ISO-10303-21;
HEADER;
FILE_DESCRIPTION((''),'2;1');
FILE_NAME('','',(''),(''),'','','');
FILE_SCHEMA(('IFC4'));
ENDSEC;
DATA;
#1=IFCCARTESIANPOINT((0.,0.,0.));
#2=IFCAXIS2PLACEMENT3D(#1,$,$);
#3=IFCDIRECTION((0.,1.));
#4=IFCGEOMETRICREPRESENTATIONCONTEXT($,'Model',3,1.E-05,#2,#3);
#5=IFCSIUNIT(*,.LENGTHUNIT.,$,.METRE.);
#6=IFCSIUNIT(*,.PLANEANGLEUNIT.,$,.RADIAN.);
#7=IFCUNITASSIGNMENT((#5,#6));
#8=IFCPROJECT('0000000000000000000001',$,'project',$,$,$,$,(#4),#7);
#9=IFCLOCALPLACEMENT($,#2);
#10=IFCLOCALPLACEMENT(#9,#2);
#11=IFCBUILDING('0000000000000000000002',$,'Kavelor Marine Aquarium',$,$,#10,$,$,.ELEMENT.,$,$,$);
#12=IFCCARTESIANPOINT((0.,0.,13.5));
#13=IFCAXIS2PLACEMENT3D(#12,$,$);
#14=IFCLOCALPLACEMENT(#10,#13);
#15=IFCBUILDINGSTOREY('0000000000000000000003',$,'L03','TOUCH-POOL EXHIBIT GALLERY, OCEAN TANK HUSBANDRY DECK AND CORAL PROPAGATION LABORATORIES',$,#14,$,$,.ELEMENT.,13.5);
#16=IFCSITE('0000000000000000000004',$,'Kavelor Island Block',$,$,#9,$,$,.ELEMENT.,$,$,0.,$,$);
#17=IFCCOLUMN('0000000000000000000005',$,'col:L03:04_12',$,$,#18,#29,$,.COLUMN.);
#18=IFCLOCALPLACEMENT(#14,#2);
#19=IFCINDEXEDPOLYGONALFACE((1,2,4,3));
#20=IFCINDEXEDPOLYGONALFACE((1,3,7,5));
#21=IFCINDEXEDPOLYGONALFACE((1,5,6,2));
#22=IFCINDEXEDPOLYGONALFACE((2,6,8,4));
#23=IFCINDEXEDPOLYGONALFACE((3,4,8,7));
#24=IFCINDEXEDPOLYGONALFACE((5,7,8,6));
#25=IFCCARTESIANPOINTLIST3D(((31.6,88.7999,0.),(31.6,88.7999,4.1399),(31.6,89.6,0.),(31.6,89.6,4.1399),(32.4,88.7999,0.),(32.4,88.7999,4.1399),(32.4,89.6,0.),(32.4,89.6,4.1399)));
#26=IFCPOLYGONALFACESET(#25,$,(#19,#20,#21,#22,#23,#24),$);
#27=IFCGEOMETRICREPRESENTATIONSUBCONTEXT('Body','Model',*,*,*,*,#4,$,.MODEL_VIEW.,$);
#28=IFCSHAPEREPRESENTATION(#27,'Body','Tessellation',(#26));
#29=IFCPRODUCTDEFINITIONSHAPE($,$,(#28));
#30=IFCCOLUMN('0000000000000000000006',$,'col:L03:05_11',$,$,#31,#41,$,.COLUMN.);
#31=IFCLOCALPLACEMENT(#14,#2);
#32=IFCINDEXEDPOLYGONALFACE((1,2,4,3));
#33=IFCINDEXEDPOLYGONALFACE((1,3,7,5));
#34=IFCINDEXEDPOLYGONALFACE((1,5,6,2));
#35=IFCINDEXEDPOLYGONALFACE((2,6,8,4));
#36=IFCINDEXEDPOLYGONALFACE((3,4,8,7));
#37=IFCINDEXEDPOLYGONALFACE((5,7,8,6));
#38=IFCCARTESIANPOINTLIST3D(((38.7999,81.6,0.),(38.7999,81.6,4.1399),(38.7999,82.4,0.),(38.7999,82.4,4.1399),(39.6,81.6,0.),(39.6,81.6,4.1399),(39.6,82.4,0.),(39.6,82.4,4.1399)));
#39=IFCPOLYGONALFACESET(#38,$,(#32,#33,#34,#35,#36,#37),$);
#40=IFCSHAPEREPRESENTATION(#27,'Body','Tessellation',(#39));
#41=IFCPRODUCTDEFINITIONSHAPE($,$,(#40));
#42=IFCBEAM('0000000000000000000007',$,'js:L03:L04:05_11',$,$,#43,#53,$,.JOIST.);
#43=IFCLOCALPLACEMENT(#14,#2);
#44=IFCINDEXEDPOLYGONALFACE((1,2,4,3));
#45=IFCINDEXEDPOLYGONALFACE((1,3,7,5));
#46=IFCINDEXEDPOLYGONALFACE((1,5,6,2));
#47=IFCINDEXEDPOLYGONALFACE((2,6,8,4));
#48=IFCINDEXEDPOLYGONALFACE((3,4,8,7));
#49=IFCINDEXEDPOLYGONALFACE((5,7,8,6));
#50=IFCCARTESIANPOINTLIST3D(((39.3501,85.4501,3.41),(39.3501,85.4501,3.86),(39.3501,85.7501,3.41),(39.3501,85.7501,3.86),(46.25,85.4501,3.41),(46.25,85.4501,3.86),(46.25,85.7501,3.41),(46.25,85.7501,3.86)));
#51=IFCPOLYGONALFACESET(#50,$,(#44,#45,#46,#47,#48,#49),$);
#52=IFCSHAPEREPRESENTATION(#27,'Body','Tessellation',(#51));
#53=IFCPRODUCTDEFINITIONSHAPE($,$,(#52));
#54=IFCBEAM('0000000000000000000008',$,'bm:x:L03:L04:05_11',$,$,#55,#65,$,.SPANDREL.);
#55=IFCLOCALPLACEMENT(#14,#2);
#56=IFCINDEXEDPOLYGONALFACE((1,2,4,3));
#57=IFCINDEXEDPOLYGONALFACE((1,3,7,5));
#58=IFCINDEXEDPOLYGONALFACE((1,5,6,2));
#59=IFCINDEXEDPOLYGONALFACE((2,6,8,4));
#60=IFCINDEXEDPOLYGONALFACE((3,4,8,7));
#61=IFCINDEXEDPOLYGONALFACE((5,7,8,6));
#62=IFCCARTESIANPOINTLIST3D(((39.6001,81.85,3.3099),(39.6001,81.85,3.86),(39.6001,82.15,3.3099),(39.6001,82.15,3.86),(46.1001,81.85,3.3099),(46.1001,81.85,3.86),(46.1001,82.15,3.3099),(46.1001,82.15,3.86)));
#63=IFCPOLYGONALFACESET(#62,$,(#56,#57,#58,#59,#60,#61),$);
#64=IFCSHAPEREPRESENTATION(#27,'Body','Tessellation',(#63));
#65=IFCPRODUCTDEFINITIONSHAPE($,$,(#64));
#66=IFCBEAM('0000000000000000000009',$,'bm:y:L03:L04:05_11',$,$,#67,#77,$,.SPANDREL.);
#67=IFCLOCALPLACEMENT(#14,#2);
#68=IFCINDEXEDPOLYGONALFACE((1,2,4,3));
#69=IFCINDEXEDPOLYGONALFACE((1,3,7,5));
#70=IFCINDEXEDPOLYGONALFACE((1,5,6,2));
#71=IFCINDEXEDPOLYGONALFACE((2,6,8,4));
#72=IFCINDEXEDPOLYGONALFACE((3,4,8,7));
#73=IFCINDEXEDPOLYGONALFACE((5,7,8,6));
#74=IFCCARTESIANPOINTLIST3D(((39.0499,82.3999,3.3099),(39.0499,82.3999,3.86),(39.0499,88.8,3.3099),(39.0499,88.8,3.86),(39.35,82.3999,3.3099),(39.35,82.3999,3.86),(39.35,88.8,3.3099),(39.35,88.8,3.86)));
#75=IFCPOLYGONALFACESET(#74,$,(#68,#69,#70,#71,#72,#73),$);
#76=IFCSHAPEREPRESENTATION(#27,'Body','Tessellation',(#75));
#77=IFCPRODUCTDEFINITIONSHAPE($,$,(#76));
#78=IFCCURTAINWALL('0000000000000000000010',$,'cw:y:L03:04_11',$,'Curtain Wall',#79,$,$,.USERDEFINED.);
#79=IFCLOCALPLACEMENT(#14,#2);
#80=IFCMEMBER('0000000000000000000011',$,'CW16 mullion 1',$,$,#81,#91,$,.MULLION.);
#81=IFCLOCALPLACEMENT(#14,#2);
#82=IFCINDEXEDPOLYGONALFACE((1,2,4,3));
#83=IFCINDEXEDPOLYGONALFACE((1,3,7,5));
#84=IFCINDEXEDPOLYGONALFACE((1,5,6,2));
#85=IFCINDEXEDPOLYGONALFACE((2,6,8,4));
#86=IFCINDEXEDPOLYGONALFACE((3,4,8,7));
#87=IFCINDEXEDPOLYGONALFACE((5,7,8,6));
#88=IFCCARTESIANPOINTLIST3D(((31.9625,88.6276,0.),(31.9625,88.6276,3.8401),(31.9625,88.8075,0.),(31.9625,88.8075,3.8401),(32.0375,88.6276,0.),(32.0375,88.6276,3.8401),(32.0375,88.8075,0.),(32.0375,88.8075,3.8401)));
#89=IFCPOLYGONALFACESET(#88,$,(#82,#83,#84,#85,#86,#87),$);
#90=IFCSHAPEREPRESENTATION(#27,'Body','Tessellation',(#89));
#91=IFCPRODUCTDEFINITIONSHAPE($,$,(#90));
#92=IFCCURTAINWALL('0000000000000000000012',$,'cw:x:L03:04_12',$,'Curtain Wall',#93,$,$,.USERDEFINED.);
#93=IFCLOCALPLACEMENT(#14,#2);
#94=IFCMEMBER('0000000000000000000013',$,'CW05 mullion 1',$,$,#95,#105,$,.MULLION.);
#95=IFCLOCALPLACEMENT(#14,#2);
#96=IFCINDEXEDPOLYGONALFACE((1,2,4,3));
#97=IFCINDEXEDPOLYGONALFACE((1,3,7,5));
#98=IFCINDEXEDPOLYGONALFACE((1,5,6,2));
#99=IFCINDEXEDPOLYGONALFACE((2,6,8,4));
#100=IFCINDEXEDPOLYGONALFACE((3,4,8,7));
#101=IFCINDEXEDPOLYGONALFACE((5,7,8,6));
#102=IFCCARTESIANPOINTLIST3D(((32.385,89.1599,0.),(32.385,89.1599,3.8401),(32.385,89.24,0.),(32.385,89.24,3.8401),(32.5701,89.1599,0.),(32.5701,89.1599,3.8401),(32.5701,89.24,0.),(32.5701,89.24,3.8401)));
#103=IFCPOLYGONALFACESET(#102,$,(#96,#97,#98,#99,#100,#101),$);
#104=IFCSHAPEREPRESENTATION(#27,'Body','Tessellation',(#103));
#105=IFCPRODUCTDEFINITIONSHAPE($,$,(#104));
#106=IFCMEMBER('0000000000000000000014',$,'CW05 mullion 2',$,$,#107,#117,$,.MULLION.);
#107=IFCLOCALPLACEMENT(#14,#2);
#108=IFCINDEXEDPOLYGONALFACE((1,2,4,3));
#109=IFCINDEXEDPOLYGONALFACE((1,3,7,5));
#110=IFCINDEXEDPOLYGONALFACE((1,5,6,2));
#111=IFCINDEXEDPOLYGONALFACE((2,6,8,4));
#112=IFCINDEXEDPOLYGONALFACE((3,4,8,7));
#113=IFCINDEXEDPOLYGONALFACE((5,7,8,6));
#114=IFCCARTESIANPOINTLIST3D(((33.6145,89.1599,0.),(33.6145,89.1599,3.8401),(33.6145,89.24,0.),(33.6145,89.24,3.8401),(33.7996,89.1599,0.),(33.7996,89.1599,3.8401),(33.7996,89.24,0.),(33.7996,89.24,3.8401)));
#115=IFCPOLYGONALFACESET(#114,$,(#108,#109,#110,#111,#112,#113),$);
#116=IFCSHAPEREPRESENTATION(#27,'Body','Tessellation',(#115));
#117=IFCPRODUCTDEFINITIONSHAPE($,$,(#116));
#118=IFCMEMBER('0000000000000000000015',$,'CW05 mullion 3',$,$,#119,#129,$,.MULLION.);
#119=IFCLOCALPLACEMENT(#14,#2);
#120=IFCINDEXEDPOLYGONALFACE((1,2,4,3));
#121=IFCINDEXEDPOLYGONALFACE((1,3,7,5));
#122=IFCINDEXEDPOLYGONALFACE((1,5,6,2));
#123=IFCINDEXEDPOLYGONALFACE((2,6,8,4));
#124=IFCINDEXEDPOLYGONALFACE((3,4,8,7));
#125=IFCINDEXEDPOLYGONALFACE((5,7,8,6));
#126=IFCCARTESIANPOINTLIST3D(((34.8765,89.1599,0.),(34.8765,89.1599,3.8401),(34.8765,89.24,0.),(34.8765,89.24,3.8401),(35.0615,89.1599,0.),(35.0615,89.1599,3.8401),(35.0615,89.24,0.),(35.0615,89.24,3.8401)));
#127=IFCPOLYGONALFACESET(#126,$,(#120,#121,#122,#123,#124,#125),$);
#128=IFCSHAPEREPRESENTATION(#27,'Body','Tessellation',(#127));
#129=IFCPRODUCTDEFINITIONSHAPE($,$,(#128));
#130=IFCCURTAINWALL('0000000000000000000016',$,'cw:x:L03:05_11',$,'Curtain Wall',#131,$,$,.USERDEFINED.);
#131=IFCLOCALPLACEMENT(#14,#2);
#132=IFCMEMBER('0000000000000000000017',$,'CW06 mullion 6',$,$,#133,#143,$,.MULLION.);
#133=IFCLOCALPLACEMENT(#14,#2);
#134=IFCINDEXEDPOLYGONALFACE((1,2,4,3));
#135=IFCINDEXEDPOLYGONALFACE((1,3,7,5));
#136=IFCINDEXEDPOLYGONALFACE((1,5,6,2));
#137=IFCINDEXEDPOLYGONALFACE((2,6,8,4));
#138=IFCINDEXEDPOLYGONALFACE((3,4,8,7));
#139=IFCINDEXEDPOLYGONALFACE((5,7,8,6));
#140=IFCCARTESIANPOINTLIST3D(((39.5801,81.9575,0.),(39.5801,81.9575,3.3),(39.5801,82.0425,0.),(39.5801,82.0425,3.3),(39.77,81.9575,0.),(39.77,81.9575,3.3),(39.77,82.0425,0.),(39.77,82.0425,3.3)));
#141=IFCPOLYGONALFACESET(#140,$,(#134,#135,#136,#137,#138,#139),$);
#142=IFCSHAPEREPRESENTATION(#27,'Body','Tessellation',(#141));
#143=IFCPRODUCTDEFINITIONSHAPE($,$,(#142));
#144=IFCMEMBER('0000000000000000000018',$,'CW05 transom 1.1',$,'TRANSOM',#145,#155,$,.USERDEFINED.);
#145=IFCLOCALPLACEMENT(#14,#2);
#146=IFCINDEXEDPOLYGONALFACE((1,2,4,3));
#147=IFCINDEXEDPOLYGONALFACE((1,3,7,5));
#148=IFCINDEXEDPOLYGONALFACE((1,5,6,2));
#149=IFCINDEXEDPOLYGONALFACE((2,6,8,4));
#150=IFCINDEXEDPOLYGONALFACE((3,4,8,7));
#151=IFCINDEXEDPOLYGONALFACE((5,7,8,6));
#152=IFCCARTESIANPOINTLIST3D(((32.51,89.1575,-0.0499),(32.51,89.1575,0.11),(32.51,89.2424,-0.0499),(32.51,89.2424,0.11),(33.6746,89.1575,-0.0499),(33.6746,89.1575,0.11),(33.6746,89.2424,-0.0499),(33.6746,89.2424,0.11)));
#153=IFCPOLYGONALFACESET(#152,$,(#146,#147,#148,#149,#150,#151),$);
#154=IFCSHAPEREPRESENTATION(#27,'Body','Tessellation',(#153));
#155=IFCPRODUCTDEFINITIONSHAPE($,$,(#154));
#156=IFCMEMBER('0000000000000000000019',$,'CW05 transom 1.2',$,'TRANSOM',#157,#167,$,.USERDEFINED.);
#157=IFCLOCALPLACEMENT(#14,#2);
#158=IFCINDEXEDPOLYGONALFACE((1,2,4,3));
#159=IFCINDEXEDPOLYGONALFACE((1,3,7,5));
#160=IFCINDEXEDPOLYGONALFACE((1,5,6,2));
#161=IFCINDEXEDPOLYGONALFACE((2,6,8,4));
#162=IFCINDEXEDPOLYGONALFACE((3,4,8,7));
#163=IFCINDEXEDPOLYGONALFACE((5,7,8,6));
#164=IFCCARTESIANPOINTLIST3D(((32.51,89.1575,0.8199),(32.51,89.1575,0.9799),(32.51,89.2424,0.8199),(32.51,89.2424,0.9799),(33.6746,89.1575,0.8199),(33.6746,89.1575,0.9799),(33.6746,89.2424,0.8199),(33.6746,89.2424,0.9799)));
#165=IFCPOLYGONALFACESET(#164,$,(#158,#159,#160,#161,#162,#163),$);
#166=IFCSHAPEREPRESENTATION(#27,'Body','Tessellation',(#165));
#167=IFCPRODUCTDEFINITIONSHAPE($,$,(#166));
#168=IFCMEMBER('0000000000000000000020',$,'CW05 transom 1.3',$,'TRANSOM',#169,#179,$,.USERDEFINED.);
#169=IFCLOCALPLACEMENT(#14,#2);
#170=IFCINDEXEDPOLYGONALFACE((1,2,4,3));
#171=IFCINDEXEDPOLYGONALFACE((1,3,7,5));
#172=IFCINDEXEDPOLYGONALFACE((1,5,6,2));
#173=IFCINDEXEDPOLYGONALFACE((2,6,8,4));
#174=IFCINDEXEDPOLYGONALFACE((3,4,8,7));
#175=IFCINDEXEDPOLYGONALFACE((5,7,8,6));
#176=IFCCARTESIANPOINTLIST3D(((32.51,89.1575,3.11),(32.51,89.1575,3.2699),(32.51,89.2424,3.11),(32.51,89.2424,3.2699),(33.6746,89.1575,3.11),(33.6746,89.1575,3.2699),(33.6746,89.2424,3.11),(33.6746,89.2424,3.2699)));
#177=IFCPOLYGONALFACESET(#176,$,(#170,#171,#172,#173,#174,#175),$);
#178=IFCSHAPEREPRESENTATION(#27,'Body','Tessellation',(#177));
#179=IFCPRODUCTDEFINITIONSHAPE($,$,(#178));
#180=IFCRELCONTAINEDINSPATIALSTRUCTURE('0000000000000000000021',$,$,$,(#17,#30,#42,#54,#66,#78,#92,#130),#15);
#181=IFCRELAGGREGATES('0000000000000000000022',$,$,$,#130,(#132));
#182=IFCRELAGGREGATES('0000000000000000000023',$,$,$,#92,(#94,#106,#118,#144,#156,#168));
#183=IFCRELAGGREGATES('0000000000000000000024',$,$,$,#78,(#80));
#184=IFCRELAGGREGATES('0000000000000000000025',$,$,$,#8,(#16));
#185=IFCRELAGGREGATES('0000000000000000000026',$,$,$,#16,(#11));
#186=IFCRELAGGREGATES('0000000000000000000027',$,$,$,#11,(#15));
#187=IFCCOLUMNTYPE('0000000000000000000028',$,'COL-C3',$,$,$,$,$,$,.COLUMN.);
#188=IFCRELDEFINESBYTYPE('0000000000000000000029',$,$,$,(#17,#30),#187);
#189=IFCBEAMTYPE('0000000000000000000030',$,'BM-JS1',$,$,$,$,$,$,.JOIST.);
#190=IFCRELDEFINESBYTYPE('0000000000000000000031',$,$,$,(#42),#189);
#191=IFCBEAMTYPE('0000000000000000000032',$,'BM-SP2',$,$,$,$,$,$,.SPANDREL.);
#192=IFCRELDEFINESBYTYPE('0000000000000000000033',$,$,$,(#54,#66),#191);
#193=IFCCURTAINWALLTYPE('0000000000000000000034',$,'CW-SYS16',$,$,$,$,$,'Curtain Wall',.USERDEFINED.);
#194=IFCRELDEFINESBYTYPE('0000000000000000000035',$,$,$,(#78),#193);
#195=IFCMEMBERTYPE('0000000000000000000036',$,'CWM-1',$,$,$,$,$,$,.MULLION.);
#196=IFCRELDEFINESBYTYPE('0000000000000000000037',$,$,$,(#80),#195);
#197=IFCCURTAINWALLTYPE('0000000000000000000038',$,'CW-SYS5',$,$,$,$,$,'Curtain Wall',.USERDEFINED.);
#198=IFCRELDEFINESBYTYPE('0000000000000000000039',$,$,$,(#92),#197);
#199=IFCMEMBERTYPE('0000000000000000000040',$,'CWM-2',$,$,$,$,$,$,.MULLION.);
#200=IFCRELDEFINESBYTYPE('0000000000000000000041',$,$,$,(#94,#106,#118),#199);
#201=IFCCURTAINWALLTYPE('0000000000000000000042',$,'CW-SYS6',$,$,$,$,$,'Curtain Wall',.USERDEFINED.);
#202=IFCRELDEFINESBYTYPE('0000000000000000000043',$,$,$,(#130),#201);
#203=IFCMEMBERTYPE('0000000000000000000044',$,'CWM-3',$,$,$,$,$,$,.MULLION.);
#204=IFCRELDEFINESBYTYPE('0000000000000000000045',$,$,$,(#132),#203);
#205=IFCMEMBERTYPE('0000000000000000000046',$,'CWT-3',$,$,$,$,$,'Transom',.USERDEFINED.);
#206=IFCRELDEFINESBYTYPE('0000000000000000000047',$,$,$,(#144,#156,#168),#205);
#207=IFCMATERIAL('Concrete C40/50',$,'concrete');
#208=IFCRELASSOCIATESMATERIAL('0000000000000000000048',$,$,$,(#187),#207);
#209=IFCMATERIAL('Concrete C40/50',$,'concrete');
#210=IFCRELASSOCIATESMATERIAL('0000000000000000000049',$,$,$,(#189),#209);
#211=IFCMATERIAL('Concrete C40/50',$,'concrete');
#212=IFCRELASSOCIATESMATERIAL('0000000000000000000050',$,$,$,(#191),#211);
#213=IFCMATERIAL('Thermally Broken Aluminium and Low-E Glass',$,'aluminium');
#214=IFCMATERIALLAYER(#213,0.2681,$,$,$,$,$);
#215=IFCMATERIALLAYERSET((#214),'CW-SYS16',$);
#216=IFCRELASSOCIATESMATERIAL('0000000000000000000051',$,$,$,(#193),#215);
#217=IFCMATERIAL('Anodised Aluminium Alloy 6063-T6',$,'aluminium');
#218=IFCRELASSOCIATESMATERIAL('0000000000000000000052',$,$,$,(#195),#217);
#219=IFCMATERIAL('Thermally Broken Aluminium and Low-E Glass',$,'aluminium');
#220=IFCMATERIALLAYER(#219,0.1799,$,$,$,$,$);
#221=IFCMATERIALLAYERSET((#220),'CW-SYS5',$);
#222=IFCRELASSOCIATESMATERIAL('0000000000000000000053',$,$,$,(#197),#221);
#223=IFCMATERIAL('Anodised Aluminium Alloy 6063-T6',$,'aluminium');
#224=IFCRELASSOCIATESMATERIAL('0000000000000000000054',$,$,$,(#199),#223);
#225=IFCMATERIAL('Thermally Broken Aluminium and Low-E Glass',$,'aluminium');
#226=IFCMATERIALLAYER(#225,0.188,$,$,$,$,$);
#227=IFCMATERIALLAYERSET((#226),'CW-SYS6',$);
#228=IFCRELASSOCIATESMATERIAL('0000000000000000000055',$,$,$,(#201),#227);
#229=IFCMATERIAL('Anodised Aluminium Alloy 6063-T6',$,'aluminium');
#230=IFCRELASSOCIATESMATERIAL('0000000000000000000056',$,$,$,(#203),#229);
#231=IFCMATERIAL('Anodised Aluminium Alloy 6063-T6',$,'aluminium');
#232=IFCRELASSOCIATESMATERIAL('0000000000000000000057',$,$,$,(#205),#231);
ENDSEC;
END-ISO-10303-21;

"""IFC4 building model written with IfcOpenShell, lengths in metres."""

from ifc_helpers import new_model, si_unit, direction, frame, origin, origin_2d, place, context, subcontext, project, spatial, rectangle, extrude, material, layer, layer_set, material_profile, profile_set, type_object, element, aggregate, save


model = new_model("IFC4")

# Units and contexts
model_context = context("Model", 3, precision=1e-05, world=origin(), true_north=direction((0.0, 1.0)))
body_context = subcontext(model_context, "Body", "Model", "MODEL_VIEW")
ifc_project = project(units=[si_unit("LENGTHUNIT", "METRE"), si_unit("PLANEANGLEUNIT", "RADIAN")], contexts=[model_context])

# Site, building, storey
site_placement = place(None, origin())
site = spatial("IfcSite", under=ifc_project, at=site_placement, Name="Kavelor Island Block", CompositionType="ELEMENT", RefElevation=0.0)
building_placement = place(site_placement, origin())
building = spatial("IfcBuilding", under=site, at=building_placement, Name="Kavelor Marine Aquarium", CompositionType="ELEMENT")
storey_placement = place(building_placement, frame((0.0, 0.0, 13.5)))
storey = spatial("IfcBuildingStorey", under=building, at=storey_placement, Name="L03", Description="TOUCH-POOL EXHIBIT GALLERY, OCEAN TANK HUSBANDRY DECK AND CORAL PROPAGATION LABORATORIES", CompositionType="ELEMENT", Elevation=13.5)

# Columns
ifc_material_1 = material(Name="Concrete C40/50", Category="concrete")
ifc_material_profile_1 = material_profile(ifc_material_1, rectangle(XDim=0.8, YDim=0.8, at=origin_2d()), Name="RC-COL 800x800")
ifc_profile_set_1 = profile_set([ifc_material_profile_1], Name="Concrete C40/50")
column_type = type_object("IfcColumnType", Name="COL-C3", PredefinedType="COLUMN", material=ifc_profile_set_1)
for number, where, z_axis, x_axis, name in (
    (1, (32.0, 89.2, 0.0), (0.0, 0.0, 1.0), (1.0, 0.0, 0.0), "col:L03:04_12"),
    (2, (39.2, 82.0, 0.0), (0.0, 0.0, 1.0), (1.0, 0.0, 0.0), "col:L03:05_11"),
):
    element("IfcColumn", number, at=place(storey_placement, frame(where, z_axis=z_axis, x_axis=x_axis)), inside=storey, type_object=column_type, Name=name, PredefinedType="COLUMN", context=body_context, shape_type="SweptSolid", body=[
        extrude(rectangle(XDim=0.8, YDim=0.8, at=origin_2d()), origin(), (0.0, 0.0, 1.0), 4.1399),
    ])

# Beams
ifc_material_2 = material(Name="Concrete C40/50", Category="concrete")
ifc_material_profile_2 = material_profile(ifc_material_2, rectangle(XDim=0.3, YDim=0.45, at=origin_2d()), Name="RC-JS 300x450")
ifc_profile_set_2 = profile_set([ifc_material_profile_2], Name="Concrete C40/50")
beam_type_1 = type_object("IfcBeamType", Name="BM-JS1", PredefinedType="JOIST", material=ifc_profile_set_2)
beam_1_placement = place(storey_placement, frame((39.3501, 85.6001, 3.635), z_axis=(1.0, 0.0, 0.0), x_axis=(0.0, 1.0, 0.0)))
element("IfcBeam", 3, at=beam_1_placement, inside=storey, type_object=beam_type_1, Name="js:L03:L04:05_11", PredefinedType="JOIST", context=body_context, shape_type="SweptSolid", body=[
    extrude(rectangle(XDim=0.3, YDim=0.45, at=origin_2d()), origin(), (0.0, 0.0, 1.0), 6.8999),
])
ifc_material_3 = material(Name="Concrete C40/50", Category="concrete")
ifc_material_profile_3 = material_profile(ifc_material_3, rectangle(XDim=0.3, YDim=0.55, at=origin_2d()), Name="RC-SP 300x550")
ifc_profile_set_3 = profile_set([ifc_material_profile_3], Name="Concrete C40/50")
beam_type_2 = type_object("IfcBeamType", Name="BM-SP2", PredefinedType="SPANDREL", material=ifc_profile_set_3)
beam_2_placement = place(storey_placement, frame((39.6001, 82.0, 3.585), z_axis=(1.0, 0.0, 0.0), x_axis=(0.0, 1.0, 0.0)))
element("IfcBeam", 4, at=beam_2_placement, inside=storey, type_object=beam_type_2, Name="bm:x:L03:L04:05_11", PredefinedType="SPANDREL", context=body_context, shape_type="SweptSolid", body=[
    extrude(rectangle(XDim=0.3, YDim=0.55, at=origin_2d()), origin(), (0.0, 0.0, 1.0), 6.5),
])
beam_3_placement = place(storey_placement, frame((39.2, 82.3999, 3.585), z_axis=(0.0, 1.0, 0.0), x_axis=(-1.0, 0.0, 0.0)))
element("IfcBeam", 5, at=beam_3_placement, inside=storey, type_object=beam_type_2, Name="bm:y:L03:L04:05_11", PredefinedType="SPANDREL", context=body_context, shape_type="SweptSolid", body=[
    extrude(rectangle(XDim=0.3, YDim=0.55, at=origin_2d()), origin(), (0.0, 0.0, 1.0), 6.4001),
])

# Curtain wall, member
ifc_material_4 = material(Name="Thermally Broken Aluminium and Low-E Glass", Category="aluminium")
ifc_layer_1 = layer(ifc_material_4, 0.2681)
ifc_layer_set_1 = layer_set([ifc_layer_1], Name="CW-SYS16")
curtain_wall_type_1 = type_object("IfcCurtainWallType", Name="CW-SYS16", ElementType="Curtain Wall", PredefinedType="USERDEFINED", material=ifc_layer_set_1)
curtain_wall_1_placement = place(storey_placement, origin())
curtain_wall_1 = element("IfcCurtainWall", 6, at=curtain_wall_1_placement, inside=storey, type_object=curtain_wall_type_1, Name="cw:y:L03:04_11", ObjectType="Curtain Wall", PredefinedType="USERDEFINED")
ifc_material_5 = material(Name="Anodised Aluminium Alloy 6063-T6", Category="aluminium")
ifc_material_profile_4 = material_profile(ifc_material_5, rectangle(XDim=0.075, YDim=0.1799, at=origin_2d()), Name="CW-MUL 75x180")
ifc_profile_set_4 = profile_set([ifc_material_profile_4], Name="Anodised Aluminium Alloy 6063-T6")
member_type_1 = type_object("IfcMemberType", Name="CWM-1", PredefinedType="MULLION", material=ifc_profile_set_4)
member_1_placement = place(storey_placement, frame((32.0, 88.7175, 0.0), z_axis=(0.0, 0.0, 1.0), x_axis=(1.0, 0.0, 0.0)))
member_1 = element("IfcMember", 7, at=member_1_placement, type_object=member_type_1, Name="CW16 mullion 1", PredefinedType="MULLION", context=body_context, shape_type="SweptSolid", body=[
    extrude(rectangle(XDim=0.075, YDim=0.1799, at=origin_2d()), origin(), (0.0, 0.0, 1.0), 3.8401),
])

# Curtain wall, members
ifc_material_6 = material(Name="Thermally Broken Aluminium and Low-E Glass", Category="aluminium")
ifc_layer_2 = layer(ifc_material_6, 0.1799)
ifc_layer_set_2 = layer_set([ifc_layer_2], Name="CW-SYS5")
curtain_wall_type_2 = type_object("IfcCurtainWallType", Name="CW-SYS5", ElementType="Curtain Wall", PredefinedType="USERDEFINED", material=ifc_layer_set_2)
curtain_wall_2_placement = place(storey_placement, origin())
curtain_wall_2 = element("IfcCurtainWall", 8, at=curtain_wall_2_placement, inside=storey, type_object=curtain_wall_type_2, Name="cw:x:L03:04_12", ObjectType="Curtain Wall", PredefinedType="USERDEFINED")
ifc_material_7 = material(Name="Anodised Aluminium Alloy 6063-T6", Category="aluminium")
ifc_material_profile_5 = material_profile(ifc_material_7, rectangle(XDim=0.0801, YDim=0.1851, at=origin_2d()), Name="CW-MUL 80x185")
ifc_profile_set_5 = profile_set([ifc_material_profile_5], Name="Anodised Aluminium Alloy 6063-T6")
member_type_2 = type_object("IfcMemberType", Name="CWM-2", PredefinedType="MULLION", material=ifc_profile_set_5)
member_2_placement = place(storey_placement, frame((32.4775, 89.2, 0.0), z_axis=(0.0, 0.0, 1.0), x_axis=(0.0, 1.0, 0.0)))
member_2 = element("IfcMember", 9, at=member_2_placement, type_object=member_type_2, Name="CW05 mullion 1", PredefinedType="MULLION", context=body_context, shape_type="SweptSolid", body=[
    extrude(rectangle(XDim=0.0801, YDim=0.1851, at=origin_2d()), origin(), (0.0, 0.0, 1.0), 3.8401),
])
member_3_placement = place(storey_placement, frame((33.707, 89.2, 0.0), z_axis=(0.0, 0.0, 1.0), x_axis=(0.0, 1.0, 0.0)))
member_3 = element("IfcMember", 10, at=member_3_placement, type_object=member_type_2, Name="CW05 mullion 2", PredefinedType="MULLION", context=body_context, shape_type="SweptSolid", body=[
    extrude(rectangle(XDim=0.0801, YDim=0.1851, at=origin_2d()), origin(), (0.0, 0.0, 1.0), 3.8401),
])
member_4_placement = place(storey_placement, frame((34.969, 89.2, 0.0), z_axis=(0.0, 0.0, 1.0), x_axis=(0.0, 1.0, 0.0)))
member_4 = element("IfcMember", 11, at=member_4_placement, type_object=member_type_2, Name="CW05 mullion 3", PredefinedType="MULLION", context=body_context, shape_type="SweptSolid", body=[
    extrude(rectangle(XDim=0.0801, YDim=0.1851, at=origin_2d()), origin(), (0.0, 0.0, 1.0), 3.8401),
])

# Curtain wall, member
ifc_material_8 = material(Name="Thermally Broken Aluminium and Low-E Glass", Category="aluminium")
ifc_layer_3 = layer(ifc_material_8, 0.188)
ifc_layer_set_3 = layer_set([ifc_layer_3], Name="CW-SYS6")
curtain_wall_type_3 = type_object("IfcCurtainWallType", Name="CW-SYS6", ElementType="Curtain Wall", PredefinedType="USERDEFINED", material=ifc_layer_set_3)
curtain_wall_3_placement = place(storey_placement, origin())
curtain_wall_3 = element("IfcCurtainWall", 12, at=curtain_wall_3_placement, inside=storey, type_object=curtain_wall_type_3, Name="cw:x:L03:05_11", ObjectType="Curtain Wall", PredefinedType="USERDEFINED")
ifc_material_9 = material(Name="Anodised Aluminium Alloy 6063-T6", Category="aluminium")
ifc_material_profile_6 = material_profile(ifc_material_9, rectangle(XDim=0.085, YDim=0.1899, at=origin_2d()), Name="CW-MUL 85x190")
ifc_profile_set_6 = profile_set([ifc_material_profile_6], Name="Anodised Aluminium Alloy 6063-T6")
member_type_3 = type_object("IfcMemberType", Name="CWM-3", PredefinedType="MULLION", material=ifc_profile_set_6)
member_5_placement = place(storey_placement, frame((39.675, 82.0, 0.0), z_axis=(0.0, 0.0, 1.0), x_axis=(0.0, -1.0, 0.0)))
member_5 = element("IfcMember", 13, at=member_5_placement, type_object=member_type_3, Name="CW06 mullion 6", PredefinedType="MULLION", context=body_context, shape_type="SweptSolid", body=[
    extrude(rectangle(XDim=0.085, YDim=0.1899, at=origin_2d()), origin(), (0.0, 0.0, 1.0), 3.3),
])
aggregate(curtain_wall_3, [member_5])

# Members
ifc_material_10 = material(Name="Anodised Aluminium Alloy 6063-T6", Category="aluminium")
ifc_material_profile_7 = material_profile(ifc_material_10, rectangle(XDim=0.085, YDim=0.1599, at=origin_2d()), Name="CW-TRN 85x160")
ifc_profile_set_7 = profile_set([ifc_material_profile_7], Name="Anodised Aluminium Alloy 6063-T6")
member_type_4 = type_object("IfcMemberType", Name="CWT-3", ElementType="Transom", PredefinedType="USERDEFINED", material=ifc_profile_set_7)
member_6_placement = place(storey_placement, frame((32.51, 89.2, 0.03), z_axis=(1.0, 0.0, 0.0), x_axis=(0.0, 1.0, 0.0)))
member_6 = element("IfcMember", 14, at=member_6_placement, type_object=member_type_4, Name="CW05 transom 1.1", ObjectType="TRANSOM", PredefinedType="USERDEFINED", context=body_context, shape_type="SweptSolid", body=[
    extrude(rectangle(XDim=0.085, YDim=0.1599, at=origin_2d()), origin(), (0.0, 0.0, 1.0), 1.1646),
])
member_7_placement = place(storey_placement, frame((32.51, 89.2, 0.8999), z_axis=(1.0, 0.0, 0.0), x_axis=(0.0, 1.0, 0.0)))
member_7 = element("IfcMember", 15, at=member_7_placement, type_object=member_type_4, Name="CW05 transom 1.2", ObjectType="TRANSOM", PredefinedType="USERDEFINED", context=body_context, shape_type="SweptSolid", body=[
    extrude(rectangle(XDim=0.085, YDim=0.1599, at=origin_2d()), origin(), (0.0, 0.0, 1.0), 1.1646),
])
member_8_placement = place(storey_placement, frame((32.51, 89.2, 3.1899), z_axis=(1.0, 0.0, 0.0), x_axis=(0.0, 1.0, 0.0)))
member_8 = element("IfcMember", 16, at=member_8_placement, type_object=member_type_4, Name="CW05 transom 1.3", ObjectType="TRANSOM", PredefinedType="USERDEFINED", context=body_context, shape_type="SweptSolid", body=[
    extrude(rectangle(XDim=0.085, YDim=0.1599, at=origin_2d()), origin(), (0.0, 0.0, 1.0), 1.1646),
])

aggregate(curtain_wall_2, [member_2, member_3, member_4, member_6, member_7, member_8])
aggregate(curtain_wall_1, [member_1])

save(model, "model.ifc")
